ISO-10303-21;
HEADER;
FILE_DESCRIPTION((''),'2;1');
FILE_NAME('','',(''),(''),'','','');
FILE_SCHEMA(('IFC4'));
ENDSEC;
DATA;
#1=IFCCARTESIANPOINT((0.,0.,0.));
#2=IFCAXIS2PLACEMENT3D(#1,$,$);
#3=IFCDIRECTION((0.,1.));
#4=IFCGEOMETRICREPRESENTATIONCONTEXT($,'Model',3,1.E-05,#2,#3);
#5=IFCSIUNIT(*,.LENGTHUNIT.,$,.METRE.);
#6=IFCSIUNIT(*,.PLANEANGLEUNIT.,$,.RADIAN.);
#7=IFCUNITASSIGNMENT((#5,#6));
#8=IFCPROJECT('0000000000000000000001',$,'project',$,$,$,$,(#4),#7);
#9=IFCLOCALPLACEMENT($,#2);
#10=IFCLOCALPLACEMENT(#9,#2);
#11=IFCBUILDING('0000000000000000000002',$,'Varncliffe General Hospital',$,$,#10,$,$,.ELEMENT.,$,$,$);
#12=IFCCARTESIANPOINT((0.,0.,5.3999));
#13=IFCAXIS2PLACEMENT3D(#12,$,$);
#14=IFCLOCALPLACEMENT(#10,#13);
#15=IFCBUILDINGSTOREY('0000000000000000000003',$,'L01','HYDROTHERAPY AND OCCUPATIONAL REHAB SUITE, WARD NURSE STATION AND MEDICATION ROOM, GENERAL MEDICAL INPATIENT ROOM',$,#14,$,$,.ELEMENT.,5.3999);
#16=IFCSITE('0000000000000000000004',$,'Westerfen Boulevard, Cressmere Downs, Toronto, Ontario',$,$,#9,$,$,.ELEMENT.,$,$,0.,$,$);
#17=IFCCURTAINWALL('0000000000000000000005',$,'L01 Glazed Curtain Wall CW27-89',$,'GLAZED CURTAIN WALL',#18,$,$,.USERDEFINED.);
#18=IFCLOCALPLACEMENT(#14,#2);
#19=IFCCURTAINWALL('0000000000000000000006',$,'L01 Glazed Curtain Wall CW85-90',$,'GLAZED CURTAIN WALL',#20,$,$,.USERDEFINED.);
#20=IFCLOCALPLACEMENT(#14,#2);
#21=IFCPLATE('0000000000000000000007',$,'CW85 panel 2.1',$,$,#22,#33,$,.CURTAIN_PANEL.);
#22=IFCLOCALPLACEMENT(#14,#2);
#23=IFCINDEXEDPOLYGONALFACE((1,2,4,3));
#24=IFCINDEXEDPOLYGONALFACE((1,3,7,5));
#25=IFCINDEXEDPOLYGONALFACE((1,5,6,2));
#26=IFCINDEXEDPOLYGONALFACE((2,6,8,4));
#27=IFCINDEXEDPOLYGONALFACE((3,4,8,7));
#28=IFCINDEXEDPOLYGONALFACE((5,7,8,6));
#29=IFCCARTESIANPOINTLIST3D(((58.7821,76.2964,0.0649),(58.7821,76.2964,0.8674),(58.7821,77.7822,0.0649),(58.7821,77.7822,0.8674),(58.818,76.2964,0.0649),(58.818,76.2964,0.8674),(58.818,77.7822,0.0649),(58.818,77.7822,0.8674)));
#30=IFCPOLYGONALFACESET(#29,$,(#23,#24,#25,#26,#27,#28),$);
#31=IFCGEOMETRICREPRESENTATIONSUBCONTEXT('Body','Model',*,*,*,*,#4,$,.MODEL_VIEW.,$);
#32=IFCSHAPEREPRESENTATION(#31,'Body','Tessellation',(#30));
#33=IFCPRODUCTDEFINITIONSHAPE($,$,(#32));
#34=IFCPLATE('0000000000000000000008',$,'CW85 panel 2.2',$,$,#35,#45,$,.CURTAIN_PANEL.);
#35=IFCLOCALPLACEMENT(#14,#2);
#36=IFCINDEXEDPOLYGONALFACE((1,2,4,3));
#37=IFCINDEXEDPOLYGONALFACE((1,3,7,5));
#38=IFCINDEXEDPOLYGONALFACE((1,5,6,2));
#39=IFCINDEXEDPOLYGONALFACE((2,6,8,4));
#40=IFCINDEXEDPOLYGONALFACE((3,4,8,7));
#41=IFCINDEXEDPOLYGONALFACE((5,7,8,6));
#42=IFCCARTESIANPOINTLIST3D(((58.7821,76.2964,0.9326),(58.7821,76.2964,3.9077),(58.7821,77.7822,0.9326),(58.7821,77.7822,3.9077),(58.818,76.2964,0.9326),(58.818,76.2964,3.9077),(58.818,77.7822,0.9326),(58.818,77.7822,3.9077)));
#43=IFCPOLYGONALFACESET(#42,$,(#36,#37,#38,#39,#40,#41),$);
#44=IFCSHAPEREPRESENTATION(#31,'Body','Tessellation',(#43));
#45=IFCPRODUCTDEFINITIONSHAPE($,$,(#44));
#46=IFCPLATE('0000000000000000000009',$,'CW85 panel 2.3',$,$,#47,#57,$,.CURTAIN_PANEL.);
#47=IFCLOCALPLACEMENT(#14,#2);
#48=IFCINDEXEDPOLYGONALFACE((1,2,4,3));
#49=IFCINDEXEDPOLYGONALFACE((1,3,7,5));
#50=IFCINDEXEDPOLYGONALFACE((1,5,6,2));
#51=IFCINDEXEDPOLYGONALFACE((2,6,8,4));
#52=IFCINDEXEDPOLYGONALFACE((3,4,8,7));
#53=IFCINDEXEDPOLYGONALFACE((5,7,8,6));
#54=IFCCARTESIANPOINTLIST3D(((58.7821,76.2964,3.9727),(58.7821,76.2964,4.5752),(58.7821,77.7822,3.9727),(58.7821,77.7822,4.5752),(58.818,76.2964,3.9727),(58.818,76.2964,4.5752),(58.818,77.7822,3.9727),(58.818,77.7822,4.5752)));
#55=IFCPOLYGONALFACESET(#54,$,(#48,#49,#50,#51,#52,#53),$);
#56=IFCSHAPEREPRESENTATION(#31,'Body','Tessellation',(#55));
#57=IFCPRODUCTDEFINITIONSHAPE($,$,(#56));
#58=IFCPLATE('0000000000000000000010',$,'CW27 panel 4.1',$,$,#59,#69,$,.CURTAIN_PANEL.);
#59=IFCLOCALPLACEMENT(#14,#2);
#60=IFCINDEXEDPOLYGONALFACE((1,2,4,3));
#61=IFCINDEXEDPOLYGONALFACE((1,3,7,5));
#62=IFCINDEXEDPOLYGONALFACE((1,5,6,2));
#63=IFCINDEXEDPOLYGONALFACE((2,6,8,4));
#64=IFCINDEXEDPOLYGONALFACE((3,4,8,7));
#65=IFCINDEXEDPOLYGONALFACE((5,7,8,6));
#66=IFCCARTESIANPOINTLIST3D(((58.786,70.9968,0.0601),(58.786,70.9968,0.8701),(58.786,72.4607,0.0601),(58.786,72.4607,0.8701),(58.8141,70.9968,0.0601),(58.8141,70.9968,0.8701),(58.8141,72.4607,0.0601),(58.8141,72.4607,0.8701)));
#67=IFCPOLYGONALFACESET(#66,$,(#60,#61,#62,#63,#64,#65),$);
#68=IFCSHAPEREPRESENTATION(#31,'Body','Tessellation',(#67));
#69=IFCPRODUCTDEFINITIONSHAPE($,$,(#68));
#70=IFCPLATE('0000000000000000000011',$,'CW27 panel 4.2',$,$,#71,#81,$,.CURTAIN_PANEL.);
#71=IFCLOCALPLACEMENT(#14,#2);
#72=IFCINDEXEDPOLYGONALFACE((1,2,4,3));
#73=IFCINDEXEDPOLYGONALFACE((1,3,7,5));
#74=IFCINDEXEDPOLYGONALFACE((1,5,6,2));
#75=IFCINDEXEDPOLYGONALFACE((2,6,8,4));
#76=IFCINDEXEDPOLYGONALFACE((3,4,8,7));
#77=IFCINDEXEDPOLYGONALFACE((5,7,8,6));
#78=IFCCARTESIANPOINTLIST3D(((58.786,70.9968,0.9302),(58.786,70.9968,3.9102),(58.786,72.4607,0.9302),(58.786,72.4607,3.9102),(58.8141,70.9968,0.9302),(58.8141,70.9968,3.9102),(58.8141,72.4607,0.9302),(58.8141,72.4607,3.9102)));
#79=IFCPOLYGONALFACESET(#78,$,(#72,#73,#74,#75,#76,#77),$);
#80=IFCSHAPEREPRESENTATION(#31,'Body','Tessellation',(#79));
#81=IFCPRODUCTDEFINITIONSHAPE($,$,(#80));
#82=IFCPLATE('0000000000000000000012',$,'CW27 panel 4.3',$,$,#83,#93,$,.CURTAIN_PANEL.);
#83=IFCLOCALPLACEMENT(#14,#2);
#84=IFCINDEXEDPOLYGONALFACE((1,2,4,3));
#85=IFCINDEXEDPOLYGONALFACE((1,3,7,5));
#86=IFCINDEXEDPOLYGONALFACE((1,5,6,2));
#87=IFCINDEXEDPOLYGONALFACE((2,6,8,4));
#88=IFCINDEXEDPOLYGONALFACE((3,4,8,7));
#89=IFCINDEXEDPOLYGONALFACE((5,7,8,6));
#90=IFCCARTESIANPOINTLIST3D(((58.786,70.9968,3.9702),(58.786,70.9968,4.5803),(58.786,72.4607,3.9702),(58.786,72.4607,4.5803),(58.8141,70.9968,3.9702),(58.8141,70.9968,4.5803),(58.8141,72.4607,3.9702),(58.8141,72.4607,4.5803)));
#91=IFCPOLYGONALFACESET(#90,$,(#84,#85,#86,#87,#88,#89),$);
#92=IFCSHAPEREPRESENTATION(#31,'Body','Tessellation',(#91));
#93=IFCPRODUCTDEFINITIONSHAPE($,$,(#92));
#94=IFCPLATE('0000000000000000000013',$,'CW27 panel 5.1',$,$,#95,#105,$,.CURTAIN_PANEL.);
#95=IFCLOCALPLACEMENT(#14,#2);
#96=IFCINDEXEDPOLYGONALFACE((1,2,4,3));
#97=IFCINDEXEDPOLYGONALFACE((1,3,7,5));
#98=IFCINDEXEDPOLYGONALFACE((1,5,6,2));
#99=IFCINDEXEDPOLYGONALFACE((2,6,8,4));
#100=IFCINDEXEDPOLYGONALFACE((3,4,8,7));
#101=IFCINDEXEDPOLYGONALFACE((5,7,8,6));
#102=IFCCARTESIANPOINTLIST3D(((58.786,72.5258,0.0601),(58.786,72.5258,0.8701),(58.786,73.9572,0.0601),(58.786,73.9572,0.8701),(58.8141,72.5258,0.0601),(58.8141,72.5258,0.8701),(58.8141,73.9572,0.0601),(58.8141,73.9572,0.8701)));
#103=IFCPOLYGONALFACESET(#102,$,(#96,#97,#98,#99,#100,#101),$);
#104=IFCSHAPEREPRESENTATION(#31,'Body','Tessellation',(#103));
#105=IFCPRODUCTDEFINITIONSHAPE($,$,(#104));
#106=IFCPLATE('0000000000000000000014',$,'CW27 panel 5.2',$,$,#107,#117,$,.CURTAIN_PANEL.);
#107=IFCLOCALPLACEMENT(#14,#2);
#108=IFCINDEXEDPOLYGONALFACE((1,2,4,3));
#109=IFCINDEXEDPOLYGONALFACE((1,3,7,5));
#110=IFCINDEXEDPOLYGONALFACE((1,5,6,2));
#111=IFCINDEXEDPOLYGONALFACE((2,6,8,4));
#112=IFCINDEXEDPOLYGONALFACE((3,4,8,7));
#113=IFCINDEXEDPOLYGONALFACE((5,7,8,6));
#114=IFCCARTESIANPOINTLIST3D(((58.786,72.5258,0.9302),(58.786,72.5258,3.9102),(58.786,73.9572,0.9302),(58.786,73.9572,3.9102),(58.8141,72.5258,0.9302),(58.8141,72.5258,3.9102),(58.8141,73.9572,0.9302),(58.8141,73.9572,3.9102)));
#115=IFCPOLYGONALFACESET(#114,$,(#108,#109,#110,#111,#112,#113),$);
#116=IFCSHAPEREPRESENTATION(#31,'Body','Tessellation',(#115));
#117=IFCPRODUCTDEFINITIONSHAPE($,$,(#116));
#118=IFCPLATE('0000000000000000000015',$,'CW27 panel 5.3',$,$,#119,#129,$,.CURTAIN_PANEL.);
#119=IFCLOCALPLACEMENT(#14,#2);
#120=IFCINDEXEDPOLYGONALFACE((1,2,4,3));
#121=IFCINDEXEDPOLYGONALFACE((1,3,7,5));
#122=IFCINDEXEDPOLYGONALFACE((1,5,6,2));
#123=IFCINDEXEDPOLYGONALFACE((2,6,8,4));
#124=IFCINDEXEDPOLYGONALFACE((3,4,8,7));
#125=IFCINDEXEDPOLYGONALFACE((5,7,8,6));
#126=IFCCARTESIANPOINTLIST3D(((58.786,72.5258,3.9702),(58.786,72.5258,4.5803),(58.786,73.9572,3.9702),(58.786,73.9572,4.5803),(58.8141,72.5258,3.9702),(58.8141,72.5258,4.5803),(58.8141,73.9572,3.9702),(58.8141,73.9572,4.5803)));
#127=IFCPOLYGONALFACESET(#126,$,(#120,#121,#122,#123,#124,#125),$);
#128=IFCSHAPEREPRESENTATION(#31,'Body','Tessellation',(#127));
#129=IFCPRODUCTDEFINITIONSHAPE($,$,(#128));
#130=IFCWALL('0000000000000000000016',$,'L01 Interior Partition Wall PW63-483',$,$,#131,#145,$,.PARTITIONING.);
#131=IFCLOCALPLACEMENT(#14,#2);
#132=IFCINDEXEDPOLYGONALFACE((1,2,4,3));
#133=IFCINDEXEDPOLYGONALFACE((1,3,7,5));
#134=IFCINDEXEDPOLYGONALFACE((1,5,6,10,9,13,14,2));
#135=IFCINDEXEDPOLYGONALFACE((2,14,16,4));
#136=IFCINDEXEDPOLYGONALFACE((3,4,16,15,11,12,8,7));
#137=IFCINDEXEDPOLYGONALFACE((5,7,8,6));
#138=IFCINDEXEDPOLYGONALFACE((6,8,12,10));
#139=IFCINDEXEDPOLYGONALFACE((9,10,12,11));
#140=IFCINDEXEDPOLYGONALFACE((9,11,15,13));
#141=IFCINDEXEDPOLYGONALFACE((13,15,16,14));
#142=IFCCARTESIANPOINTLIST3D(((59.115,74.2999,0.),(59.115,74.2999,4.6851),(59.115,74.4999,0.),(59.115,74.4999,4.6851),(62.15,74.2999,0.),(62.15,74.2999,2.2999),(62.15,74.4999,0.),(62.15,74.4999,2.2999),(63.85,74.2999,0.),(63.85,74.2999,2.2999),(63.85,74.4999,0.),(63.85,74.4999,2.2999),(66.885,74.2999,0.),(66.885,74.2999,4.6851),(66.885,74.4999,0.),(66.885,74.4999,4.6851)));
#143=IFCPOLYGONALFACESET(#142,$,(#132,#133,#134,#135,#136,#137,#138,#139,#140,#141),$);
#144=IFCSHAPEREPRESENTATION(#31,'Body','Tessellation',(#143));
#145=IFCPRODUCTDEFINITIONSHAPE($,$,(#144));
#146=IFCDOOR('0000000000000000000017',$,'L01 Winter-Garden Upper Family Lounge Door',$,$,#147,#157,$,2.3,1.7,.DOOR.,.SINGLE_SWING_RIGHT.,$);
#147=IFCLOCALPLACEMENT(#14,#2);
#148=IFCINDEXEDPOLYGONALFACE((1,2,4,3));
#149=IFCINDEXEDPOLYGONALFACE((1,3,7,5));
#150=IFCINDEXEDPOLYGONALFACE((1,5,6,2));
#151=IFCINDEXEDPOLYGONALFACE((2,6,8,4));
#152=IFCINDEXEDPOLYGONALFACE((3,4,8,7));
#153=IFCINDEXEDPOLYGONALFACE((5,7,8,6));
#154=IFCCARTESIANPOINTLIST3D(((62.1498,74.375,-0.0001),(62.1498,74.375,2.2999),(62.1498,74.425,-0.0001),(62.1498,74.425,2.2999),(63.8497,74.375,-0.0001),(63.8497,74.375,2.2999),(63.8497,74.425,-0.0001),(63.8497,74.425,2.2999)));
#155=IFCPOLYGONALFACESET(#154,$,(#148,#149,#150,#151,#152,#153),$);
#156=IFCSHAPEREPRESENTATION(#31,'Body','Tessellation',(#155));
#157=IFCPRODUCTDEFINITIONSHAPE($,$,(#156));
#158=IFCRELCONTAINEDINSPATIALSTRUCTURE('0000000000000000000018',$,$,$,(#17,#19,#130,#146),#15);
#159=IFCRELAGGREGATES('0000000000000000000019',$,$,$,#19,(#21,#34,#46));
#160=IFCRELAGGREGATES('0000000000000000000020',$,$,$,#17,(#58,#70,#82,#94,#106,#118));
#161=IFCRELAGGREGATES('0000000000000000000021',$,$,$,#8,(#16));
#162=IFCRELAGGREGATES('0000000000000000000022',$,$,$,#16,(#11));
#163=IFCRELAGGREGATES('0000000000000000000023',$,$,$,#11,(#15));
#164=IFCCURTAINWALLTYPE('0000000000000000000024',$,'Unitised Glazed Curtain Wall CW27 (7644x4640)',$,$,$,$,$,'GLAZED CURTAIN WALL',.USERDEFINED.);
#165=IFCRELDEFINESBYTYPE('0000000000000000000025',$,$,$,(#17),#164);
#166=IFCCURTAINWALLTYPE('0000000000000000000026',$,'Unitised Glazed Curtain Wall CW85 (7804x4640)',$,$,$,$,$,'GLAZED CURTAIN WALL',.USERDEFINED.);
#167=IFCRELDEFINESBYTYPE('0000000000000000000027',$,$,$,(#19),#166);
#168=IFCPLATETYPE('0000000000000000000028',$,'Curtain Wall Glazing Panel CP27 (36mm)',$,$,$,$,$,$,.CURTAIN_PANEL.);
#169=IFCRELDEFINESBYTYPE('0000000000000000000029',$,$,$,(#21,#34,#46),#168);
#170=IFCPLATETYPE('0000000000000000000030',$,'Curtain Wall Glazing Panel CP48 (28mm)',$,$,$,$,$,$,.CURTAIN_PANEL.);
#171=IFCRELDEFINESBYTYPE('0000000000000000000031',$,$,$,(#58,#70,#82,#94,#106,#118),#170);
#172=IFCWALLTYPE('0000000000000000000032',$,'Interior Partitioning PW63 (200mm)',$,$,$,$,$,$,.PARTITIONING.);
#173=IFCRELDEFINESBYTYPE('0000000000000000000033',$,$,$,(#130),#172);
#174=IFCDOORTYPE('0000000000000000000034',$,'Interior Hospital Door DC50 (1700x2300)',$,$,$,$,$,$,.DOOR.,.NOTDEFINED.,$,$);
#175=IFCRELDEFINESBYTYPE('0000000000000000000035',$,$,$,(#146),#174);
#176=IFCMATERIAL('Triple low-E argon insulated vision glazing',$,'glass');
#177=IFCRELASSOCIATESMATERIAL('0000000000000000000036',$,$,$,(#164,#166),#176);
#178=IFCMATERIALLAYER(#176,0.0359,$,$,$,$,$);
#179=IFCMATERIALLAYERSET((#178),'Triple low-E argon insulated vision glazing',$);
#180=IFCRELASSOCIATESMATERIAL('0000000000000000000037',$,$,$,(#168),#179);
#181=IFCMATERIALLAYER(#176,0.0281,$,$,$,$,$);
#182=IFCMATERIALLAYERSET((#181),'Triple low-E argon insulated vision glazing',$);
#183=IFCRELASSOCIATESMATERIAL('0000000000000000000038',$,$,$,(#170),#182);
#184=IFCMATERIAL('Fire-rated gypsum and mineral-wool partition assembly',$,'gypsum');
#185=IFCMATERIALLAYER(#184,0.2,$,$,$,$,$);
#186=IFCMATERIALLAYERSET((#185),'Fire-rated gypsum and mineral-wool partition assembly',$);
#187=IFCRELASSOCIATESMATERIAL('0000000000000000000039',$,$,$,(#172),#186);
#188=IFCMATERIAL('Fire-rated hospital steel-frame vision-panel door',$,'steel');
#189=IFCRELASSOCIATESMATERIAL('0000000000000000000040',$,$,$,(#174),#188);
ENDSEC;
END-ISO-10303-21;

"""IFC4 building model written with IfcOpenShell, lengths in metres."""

from ifc_helpers import new_model, si_unit, direction, frame, frame_2d, origin, origin_2d, place, context, subcontext, project, spatial, rectangle, extrude, material, layer, layer_set, type_object, element, fill, aggregate, save


model = new_model("IFC4")

# Units and contexts
model_context = context("Model", 3, precision=1e-05, world=origin(), true_north=direction((0.0, 1.0)))
body_context = subcontext(model_context, "Body", "Model", "MODEL_VIEW")
ifc_project = project(units=[si_unit("LENGTHUNIT", "METRE"), si_unit("PLANEANGLEUNIT", "RADIAN")], contexts=[model_context])

# Site, building, storey
site_placement = place(None, origin())
site = spatial("IfcSite", under=ifc_project, at=site_placement, Name="Westerfen Boulevard, Cressmere Downs, Toronto, Ontario", CompositionType="ELEMENT", RefElevation=0.0)
building_placement = place(site_placement, origin())
building = spatial("IfcBuilding", under=site, at=building_placement, Name="Varncliffe General Hospital", CompositionType="ELEMENT")
storey_placement = place(building_placement, frame((0.0, 0.0, 5.3999)))
storey = spatial("IfcBuildingStorey", under=building, at=storey_placement, Name="L01", Description="HYDROTHERAPY AND OCCUPATIONAL REHAB SUITE, WARD NURSE STATION AND MEDICATION ROOM, GENERAL MEDICAL INPATIENT ROOM", CompositionType="ELEMENT", Elevation=5.3999)

# Curtain walls
ifc_material_1 = material(Name="Triple low-E argon insulated vision glazing", Category="glass")
curtain_wall_type_1 = type_object("IfcCurtainWallType", Name="Unitised Glazed Curtain Wall CW27 (7644x4640)", ElementType="GLAZED CURTAIN WALL", PredefinedType="USERDEFINED", material=ifc_material_1)
curtain_wall_1_placement = place(storey_placement, origin())
curtain_wall_1 = element("IfcCurtainWall", 1, at=curtain_wall_1_placement, inside=storey, type_object=curtain_wall_type_1, Name="L01 Glazed Curtain Wall CW27-89", ObjectType="GLAZED CURTAIN WALL", PredefinedType="USERDEFINED")
curtain_wall_type_2 = type_object("IfcCurtainWallType", Name="Unitised Glazed Curtain Wall CW85 (7804x4640)", ElementType="GLAZED CURTAIN WALL", PredefinedType="USERDEFINED", material=ifc_material_1)
curtain_wall_2_placement = place(storey_placement, origin())
curtain_wall_2 = element("IfcCurtainWall", 2, at=curtain_wall_2_placement, inside=storey, type_object=curtain_wall_type_2, Name="L01 Glazed Curtain Wall CW85-90", ObjectType="GLAZED CURTAIN WALL", PredefinedType="USERDEFINED")

# Plates
ifc_layer_1 = layer(ifc_material_1, 0.0359)
ifc_layer_set_1 = layer_set([ifc_layer_1], Name="Triple low-E argon insulated vision glazing")
plate_type_1 = type_object("IfcPlateType", Name="Curtain Wall Glazing Panel CP27 (36mm)", PredefinedType="CURTAIN_PANEL", material=ifc_layer_set_1)
plate_1_placement = place(storey_placement, frame((58.8, 77.0393, 0.0649), z_axis=(0.0, 0.0, 1.0), x_axis=(0.0, 1.0, 0.0)))
plate_1 = element("IfcPlate", 3, at=plate_1_placement, type_object=plate_type_1, Name="CW85 panel 2.1", PredefinedType="CURTAIN_PANEL", context=body_context, shape_type="SweptSolid", body=[
    extrude(rectangle(XDim=1.4858, YDim=0.0359, at=origin_2d()), origin(), (0.0, 0.0, 1.0), 0.8025),
])
plate_2_placement = place(storey_placement, frame((58.8, 77.0393, 0.9326), z_axis=(0.0, 0.0, 1.0), x_axis=(0.0, 1.0, 0.0)))
plate_2 = element("IfcPlate", 4, at=plate_2_placement, type_object=plate_type_1, Name="CW85 panel 2.2", PredefinedType="CURTAIN_PANEL", context=body_context, shape_type="SweptSolid", body=[
    extrude(rectangle(XDim=1.4858, YDim=0.0359, at=origin_2d()), origin(), (0.0, 0.0, 1.0), 2.9751),
])
plate_3_placement = place(storey_placement, frame((58.8, 77.0393, 3.9727), z_axis=(0.0, 0.0, 1.0), x_axis=(0.0, 1.0, 0.0)))
plate_3 = element("IfcPlate", 5, at=plate_3_placement, type_object=plate_type_1, Name="CW85 panel 2.3", PredefinedType="CURTAIN_PANEL", context=body_context, shape_type="SweptSolid", body=[
    extrude(rectangle(XDim=1.4858, YDim=0.0359, at=origin_2d()), origin(), (0.0, 0.0, 1.0), 0.6025),
])
aggregate(curtain_wall_2, [plate_1, plate_2, plate_3])
ifc_layer_2 = layer(ifc_material_1, 0.0281)
ifc_layer_set_2 = layer_set([ifc_layer_2], Name="Triple low-E argon insulated vision glazing")
plate_type_2 = type_object("IfcPlateType", Name="Curtain Wall Glazing Panel CP48 (28mm)", PredefinedType="CURTAIN_PANEL", material=ifc_layer_set_2)
plate_4_placement = place(storey_placement, frame((58.8, 71.7288, 0.0601), z_axis=(0.0, 0.0, 1.0), x_axis=(0.0, 1.0, 0.0)))
plate_4 = element("IfcPlate", 6, at=plate_4_placement, type_object=plate_type_2, Name="CW27 panel 4.1", PredefinedType="CURTAIN_PANEL", context=body_context, shape_type="SweptSolid", body=[
    extrude(rectangle(XDim=1.4639, YDim=0.0281, at=origin_2d()), origin(), (0.0, 0.0, 1.0), 0.8101),
])
plate_5_placement = place(storey_placement, frame((58.8, 71.7288, 0.9302), z_axis=(0.0, 0.0, 1.0), x_axis=(0.0, 1.0, 0.0)))
plate_5 = element("IfcPlate", 7, at=plate_5_placement, type_object=plate_type_2, Name="CW27 panel 4.2", PredefinedType="CURTAIN_PANEL", context=body_context, shape_type="SweptSolid", body=[
    extrude(rectangle(XDim=1.4639, YDim=0.0281, at=origin_2d()), origin(), (0.0, 0.0, 1.0), 2.98),
])
plate_6_placement = place(storey_placement, frame((58.8, 71.7288, 3.9702), z_axis=(0.0, 0.0, 1.0), x_axis=(0.0, 1.0, 0.0)))
plate_6 = element("IfcPlate", 8, at=plate_6_placement, type_object=plate_type_2, Name="CW27 panel 4.3", PredefinedType="CURTAIN_PANEL", context=body_context, shape_type="SweptSolid", body=[
    extrude(rectangle(XDim=1.4639, YDim=0.0281, at=origin_2d()), origin(), (0.0, 0.0, 1.0), 0.6101),
])
plate_7_placement = place(storey_placement, frame((58.8, 73.2415, 0.0601), z_axis=(0.0, 0.0, 1.0), x_axis=(0.0, 1.0, 0.0)))
plate_7 = element("IfcPlate", 9, at=plate_7_placement, type_object=plate_type_2, Name="CW27 panel 5.1", PredefinedType="CURTAIN_PANEL", context=body_context, shape_type="SweptSolid", body=[
    extrude(rectangle(XDim=1.4314, YDim=0.0281, at=origin_2d()), origin(), (0.0, 0.0, 1.0), 0.8101),
])
plate_8_placement = place(storey_placement, frame((58.8, 73.2415, 0.9302), z_axis=(0.0, 0.0, 1.0), x_axis=(0.0, 1.0, 0.0)))
plate_8 = element("IfcPlate", 10, at=plate_8_placement, type_object=plate_type_2, Name="CW27 panel 5.2", PredefinedType="CURTAIN_PANEL", context=body_context, shape_type="SweptSolid", body=[
    extrude(rectangle(XDim=1.4314, YDim=0.0281, at=origin_2d()), origin(), (0.0, 0.0, 1.0), 2.98),
])
plate_9_placement = place(storey_placement, frame((58.8, 73.2415, 3.9702), z_axis=(0.0, 0.0, 1.0), x_axis=(0.0, 1.0, 0.0)))
plate_9 = element("IfcPlate", 11, at=plate_9_placement, type_object=plate_type_2, Name="CW27 panel 5.3", PredefinedType="CURTAIN_PANEL", context=body_context, shape_type="SweptSolid", body=[
    extrude(rectangle(XDim=1.4314, YDim=0.0281, at=origin_2d()), origin(), (0.0, 0.0, 1.0), 0.6101),
])
aggregate(curtain_wall_1, [plate_4, plate_5, plate_6, plate_7, plate_8, plate_9])

# Wall, opening, door
ifc_material_2 = material(Name="Fire-rated gypsum and mineral-wool partition assembly", Category="gypsum")
ifc_layer_3 = layer(ifc_material_2, 0.2)
ifc_layer_set_3 = layer_set([ifc_layer_3], Name="Fire-rated gypsum and mineral-wool partition assembly")
wall_type = type_object("IfcWallType", Name="Interior Partitioning PW63 (200mm)", PredefinedType="PARTITIONING", material=ifc_layer_set_3)
wall_placement = place(storey_placement, frame((59.115, 74.3999, 0.0), z_axis=(0.0, 0.0, 1.0), x_axis=(1.0, 0.0, 0.0)))
wall = element("IfcWall", 12, at=wall_placement, inside=storey, type_object=wall_type, Name="L01 Interior Partition Wall PW63-483", PredefinedType="PARTITIONING", context=body_context, shape_type="SweptSolid", body=[
    extrude(rectangle(XDim=7.77, YDim=0.2, at=frame_2d((3.885, 0.0))), origin(), (0.0, 0.0, 1.0), 4.6851),
])
opening_placement = place(wall_placement, frame((3.0349, 0.0, 0.0)))
opening = element("IfcOpeningElement", 13, at=opening_placement, cuts=wall, PredefinedType="OPENING", context=body_context, shape_type="SweptSolid", body=[
    extrude(rectangle(XDim=1.7, YDim=2.3, at=frame_2d((0.8501, 1.1499))), frame((0.0, 0.1099, 0.0), z_axis=(0.0, -1.0, 0.0), x_axis=(1.0, 0.0, 0.0)), (0.0, 0.0, 1.0), 0.22),
])
ifc_material_3 = material(Name="Fire-rated hospital steel-frame vision-panel door", Category="steel")
door_type = type_object("IfcDoorType", Name="Interior Hospital Door DC50 (1700x2300)", OperationType="NOTDEFINED", PredefinedType="DOOR", material=ifc_material_3)
door_placement = place(opening_placement, frame((1.7, 0.0, 0.0), z_axis=(0.0, 0.0, 1.0), x_axis=(-1.0, 0.0, 0.0)))
door = element("IfcDoor", 14, at=door_placement, inside=storey, type_object=door_type, Name="L01 Winter-Garden Upper Family Lounge Door", OperationType="SINGLE_SWING_RIGHT", OverallHeight=2.3, OverallWidth=1.7, PredefinedType="DOOR", context=body_context, shape_type="SweptSolid", body=[
    extrude(rectangle(XDim=1.7, YDim=2.3, at=frame_2d((0.8501, 1.1499))), frame((0.0, 0.0249, 0.0), z_axis=(0.0, -1.0, 0.0), x_axis=(1.0, 0.0, 0.0)), (0.0, 0.0, 1.0), 0.05),
])
fill(opening, door)

save(model, "model.ifc")
